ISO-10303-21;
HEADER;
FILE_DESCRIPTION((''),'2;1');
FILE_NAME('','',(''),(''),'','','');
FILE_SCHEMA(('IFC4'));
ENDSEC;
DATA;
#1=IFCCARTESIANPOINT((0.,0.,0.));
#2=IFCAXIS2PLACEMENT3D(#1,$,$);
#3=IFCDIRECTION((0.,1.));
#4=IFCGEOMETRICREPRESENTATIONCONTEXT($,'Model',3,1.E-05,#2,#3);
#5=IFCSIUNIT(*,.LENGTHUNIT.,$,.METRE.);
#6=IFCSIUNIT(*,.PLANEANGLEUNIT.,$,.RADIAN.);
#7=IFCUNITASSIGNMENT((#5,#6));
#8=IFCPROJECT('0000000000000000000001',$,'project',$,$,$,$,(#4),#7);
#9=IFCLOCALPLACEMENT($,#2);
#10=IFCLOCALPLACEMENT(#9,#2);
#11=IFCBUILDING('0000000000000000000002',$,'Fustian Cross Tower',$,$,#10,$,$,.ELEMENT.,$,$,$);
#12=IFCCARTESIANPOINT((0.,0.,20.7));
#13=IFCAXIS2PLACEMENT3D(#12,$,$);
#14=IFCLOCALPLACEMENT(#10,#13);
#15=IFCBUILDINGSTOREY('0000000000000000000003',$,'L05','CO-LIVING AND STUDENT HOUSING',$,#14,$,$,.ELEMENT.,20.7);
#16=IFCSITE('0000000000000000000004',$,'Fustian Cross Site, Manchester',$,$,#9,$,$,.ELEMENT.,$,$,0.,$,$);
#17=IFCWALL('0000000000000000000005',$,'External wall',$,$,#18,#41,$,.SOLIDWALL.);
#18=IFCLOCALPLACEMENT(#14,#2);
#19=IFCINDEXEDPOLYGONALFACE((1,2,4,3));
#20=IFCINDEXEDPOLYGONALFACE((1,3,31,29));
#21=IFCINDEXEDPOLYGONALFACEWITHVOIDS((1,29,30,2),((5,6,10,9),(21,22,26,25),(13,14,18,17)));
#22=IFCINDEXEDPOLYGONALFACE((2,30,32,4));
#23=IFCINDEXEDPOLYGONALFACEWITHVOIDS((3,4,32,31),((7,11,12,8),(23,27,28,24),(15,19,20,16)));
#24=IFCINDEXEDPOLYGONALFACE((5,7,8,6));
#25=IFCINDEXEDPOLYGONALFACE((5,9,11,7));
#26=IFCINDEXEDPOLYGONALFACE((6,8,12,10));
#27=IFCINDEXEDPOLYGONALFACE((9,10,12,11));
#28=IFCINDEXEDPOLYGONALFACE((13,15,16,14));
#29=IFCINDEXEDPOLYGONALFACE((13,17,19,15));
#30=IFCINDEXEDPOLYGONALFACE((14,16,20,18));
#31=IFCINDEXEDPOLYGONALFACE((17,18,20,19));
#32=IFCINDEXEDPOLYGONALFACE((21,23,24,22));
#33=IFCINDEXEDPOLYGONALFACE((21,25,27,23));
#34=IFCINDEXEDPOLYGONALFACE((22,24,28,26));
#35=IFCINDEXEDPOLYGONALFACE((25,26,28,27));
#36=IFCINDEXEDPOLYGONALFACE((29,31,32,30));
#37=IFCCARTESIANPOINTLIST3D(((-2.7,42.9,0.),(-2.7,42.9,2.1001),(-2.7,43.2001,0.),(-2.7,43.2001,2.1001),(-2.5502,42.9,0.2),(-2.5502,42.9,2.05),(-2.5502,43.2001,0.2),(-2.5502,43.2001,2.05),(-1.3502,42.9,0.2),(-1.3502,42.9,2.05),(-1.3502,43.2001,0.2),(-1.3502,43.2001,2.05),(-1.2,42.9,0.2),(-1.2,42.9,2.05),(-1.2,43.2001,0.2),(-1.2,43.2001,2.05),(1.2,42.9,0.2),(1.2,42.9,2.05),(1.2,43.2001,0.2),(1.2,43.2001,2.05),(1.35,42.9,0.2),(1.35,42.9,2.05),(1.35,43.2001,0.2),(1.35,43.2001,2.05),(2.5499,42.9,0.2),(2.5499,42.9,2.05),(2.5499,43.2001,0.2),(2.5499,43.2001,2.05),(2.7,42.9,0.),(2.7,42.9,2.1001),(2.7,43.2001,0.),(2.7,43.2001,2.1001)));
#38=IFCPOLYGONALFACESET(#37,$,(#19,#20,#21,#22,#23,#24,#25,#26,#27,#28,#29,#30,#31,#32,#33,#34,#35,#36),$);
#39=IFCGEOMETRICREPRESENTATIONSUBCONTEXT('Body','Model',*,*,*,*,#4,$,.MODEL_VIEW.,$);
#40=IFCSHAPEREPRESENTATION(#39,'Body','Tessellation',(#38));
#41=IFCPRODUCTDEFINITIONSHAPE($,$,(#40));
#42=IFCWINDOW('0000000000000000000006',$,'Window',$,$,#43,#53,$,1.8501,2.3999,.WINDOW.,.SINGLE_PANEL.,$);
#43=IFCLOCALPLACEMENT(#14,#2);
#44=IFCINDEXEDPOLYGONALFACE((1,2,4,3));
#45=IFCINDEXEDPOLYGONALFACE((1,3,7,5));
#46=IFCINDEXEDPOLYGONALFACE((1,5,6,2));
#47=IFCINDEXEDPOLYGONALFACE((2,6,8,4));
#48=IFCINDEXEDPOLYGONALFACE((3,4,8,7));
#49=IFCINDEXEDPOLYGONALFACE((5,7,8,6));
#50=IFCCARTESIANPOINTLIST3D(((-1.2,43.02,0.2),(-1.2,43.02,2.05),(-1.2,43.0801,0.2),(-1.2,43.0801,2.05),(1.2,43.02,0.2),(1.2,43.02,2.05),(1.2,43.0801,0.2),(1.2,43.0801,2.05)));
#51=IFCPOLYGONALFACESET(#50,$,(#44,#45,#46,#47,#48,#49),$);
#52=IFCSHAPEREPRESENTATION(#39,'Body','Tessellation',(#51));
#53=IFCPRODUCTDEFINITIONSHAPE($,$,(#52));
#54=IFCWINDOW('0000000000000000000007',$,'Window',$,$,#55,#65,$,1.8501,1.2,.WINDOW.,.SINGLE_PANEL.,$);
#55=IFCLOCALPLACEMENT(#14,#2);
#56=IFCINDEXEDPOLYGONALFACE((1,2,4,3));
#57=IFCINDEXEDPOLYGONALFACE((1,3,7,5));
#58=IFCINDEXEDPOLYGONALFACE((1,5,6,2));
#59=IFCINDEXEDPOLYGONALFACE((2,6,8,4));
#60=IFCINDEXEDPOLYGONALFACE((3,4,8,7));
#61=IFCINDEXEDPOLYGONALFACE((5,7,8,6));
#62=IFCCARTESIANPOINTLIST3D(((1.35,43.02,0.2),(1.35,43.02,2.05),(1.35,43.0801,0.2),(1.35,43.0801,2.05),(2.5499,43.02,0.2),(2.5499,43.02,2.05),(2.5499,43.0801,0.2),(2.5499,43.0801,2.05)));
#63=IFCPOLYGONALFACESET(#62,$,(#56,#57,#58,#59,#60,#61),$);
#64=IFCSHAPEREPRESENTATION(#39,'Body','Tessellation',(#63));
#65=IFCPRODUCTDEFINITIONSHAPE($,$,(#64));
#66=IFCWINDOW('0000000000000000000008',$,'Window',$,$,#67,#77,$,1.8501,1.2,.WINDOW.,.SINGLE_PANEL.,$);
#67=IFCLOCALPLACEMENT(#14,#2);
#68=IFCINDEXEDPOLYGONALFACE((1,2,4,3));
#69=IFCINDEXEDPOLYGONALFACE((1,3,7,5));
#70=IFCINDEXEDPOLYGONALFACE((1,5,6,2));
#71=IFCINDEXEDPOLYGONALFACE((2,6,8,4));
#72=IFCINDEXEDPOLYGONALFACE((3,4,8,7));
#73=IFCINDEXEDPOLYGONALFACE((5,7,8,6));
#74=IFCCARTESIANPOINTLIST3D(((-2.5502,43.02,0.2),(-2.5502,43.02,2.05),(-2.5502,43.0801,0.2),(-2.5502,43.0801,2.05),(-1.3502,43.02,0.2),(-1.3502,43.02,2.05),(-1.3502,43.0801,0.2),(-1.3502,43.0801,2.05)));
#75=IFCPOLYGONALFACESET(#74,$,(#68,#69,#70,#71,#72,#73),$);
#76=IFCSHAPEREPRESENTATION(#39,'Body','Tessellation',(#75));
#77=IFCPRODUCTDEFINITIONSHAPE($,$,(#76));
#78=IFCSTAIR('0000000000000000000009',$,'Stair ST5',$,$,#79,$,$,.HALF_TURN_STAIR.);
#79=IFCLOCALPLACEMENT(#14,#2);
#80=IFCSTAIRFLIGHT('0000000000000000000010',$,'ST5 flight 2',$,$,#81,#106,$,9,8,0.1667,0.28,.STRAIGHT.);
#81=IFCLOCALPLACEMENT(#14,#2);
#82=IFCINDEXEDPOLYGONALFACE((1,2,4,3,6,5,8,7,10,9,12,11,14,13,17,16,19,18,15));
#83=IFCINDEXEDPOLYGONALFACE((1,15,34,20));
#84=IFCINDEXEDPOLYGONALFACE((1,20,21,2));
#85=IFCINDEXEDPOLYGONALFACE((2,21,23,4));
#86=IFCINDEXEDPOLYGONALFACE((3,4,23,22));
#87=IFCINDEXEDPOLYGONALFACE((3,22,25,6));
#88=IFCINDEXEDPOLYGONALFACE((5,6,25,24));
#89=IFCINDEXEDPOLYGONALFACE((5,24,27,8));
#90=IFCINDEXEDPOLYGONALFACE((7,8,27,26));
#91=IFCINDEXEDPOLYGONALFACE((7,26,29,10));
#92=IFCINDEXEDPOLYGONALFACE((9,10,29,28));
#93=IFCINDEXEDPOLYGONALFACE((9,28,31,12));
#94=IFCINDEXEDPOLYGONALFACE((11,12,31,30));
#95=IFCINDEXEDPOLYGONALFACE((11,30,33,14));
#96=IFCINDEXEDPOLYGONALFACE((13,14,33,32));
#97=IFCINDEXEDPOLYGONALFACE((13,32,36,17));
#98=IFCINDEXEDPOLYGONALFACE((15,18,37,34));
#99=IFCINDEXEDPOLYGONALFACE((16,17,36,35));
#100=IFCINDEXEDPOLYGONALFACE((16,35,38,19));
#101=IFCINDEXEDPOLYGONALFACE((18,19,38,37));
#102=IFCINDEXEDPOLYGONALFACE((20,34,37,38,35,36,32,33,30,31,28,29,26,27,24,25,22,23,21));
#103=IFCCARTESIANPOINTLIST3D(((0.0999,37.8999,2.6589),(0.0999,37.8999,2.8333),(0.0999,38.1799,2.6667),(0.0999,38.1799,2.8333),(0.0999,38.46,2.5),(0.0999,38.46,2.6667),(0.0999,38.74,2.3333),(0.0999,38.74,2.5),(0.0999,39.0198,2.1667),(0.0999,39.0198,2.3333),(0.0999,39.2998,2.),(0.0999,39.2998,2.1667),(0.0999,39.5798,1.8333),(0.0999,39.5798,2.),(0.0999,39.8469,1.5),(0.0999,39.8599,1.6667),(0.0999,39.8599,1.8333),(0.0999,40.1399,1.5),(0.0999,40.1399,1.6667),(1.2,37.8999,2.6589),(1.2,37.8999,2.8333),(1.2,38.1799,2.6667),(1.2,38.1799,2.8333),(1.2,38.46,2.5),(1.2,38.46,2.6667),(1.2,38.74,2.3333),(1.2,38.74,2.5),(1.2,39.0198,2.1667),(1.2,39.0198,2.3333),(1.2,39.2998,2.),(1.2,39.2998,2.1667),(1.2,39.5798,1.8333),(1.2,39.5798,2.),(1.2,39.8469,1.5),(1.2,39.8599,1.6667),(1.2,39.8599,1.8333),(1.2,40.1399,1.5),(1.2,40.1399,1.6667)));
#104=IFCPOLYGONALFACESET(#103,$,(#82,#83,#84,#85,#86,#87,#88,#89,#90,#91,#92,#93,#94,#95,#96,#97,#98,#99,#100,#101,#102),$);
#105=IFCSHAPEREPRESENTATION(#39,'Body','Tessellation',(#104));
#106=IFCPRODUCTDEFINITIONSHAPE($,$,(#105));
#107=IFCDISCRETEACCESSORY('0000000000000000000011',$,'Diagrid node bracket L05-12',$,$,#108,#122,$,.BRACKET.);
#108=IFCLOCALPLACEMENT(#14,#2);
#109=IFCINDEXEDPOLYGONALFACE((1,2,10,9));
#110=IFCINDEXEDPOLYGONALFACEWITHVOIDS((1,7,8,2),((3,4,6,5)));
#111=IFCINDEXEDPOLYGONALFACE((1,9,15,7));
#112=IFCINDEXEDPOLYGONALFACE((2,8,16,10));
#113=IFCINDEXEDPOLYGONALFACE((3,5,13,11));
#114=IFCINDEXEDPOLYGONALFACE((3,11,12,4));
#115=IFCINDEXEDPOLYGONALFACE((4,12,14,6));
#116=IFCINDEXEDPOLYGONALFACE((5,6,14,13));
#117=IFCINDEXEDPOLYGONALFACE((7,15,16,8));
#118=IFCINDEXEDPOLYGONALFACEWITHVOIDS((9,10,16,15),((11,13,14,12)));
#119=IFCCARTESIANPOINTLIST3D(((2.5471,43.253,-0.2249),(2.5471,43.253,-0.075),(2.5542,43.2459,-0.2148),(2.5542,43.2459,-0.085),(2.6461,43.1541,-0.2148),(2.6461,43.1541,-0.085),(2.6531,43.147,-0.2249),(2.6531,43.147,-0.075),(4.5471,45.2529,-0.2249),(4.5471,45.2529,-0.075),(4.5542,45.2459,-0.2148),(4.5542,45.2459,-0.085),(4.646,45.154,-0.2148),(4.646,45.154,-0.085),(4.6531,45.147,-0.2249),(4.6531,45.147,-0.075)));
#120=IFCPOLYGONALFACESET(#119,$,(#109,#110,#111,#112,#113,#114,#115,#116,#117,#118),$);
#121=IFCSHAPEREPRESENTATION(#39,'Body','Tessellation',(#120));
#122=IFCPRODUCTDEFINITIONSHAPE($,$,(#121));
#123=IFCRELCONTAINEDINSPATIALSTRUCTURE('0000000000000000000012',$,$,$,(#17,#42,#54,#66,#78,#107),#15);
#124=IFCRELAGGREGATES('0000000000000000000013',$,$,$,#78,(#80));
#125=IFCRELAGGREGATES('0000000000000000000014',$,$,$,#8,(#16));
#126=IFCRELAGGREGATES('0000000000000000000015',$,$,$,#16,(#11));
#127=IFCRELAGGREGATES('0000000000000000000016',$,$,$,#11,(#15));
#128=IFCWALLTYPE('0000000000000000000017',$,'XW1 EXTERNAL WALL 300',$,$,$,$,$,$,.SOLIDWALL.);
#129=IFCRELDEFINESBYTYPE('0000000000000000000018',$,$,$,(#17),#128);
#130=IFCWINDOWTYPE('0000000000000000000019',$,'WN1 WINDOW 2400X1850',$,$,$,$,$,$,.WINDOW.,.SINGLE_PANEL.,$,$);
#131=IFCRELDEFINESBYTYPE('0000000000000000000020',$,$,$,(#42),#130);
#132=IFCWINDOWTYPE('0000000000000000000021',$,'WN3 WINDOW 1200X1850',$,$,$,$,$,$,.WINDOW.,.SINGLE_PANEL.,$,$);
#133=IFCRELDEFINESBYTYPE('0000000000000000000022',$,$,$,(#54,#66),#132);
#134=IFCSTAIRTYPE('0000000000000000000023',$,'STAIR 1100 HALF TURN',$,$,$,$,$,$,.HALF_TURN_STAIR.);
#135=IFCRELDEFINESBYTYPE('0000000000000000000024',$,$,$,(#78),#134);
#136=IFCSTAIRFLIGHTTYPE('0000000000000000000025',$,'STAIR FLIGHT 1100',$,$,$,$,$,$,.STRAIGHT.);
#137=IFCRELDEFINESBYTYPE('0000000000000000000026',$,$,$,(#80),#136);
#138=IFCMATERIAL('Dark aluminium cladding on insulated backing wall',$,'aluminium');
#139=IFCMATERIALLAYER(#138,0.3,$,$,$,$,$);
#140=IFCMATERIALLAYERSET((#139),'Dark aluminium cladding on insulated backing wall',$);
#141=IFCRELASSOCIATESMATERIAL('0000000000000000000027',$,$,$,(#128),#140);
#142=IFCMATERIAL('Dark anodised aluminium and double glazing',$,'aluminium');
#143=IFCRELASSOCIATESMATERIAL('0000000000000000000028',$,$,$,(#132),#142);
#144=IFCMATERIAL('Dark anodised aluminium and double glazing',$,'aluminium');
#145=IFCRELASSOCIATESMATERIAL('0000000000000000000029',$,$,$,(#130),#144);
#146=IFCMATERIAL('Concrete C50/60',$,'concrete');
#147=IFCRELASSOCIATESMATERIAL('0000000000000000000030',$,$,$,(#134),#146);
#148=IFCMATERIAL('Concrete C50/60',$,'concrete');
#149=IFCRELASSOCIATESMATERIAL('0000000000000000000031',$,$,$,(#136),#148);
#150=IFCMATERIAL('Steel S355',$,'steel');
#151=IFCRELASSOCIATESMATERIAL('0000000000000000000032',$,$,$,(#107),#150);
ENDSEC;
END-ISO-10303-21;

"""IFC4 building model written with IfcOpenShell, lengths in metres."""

from ifc_helpers import new_model, si_unit, direction, frame, frame_2d, origin, origin_2d, place, context, subcontext, project, spatial, polyline, rectangle, hollow_rectangle, outline, extrude, material, layer, layer_set, type_object, element, fill, aggregate, save


model = new_model("IFC4")

# Units and contexts
model_context = context("Model", 3, precision=1e-05, world=origin(), true_north=direction((0.0, 1.0)))
body_context = subcontext(model_context, "Body", "Model", "MODEL_VIEW")
ifc_project = project(units=[si_unit("LENGTHUNIT", "METRE"), si_unit("PLANEANGLEUNIT", "RADIAN")], contexts=[model_context])

# Site, building, storey
site_placement = place(None, origin())
site = spatial("IfcSite", under=ifc_project, at=site_placement, Name="Fustian Cross Site, Manchester", CompositionType="ELEMENT", RefElevation=0.0)
building_placement = place(site_placement, origin())
building = spatial("IfcBuilding", under=site, at=building_placement, Name="Fustian Cross Tower", CompositionType="ELEMENT")
storey_placement = place(building_placement, frame((0.0, 0.0, 20.7)))
storey = spatial("IfcBuildingStorey", under=building, at=storey_placement, Name="L05", Description="CO-LIVING AND STUDENT HOUSING", CompositionType="ELEMENT", Elevation=20.7)

# Shared definitions
ifc_material_1 = material(Name="Dark aluminium cladding on insulated backing wall", Category="aluminium")
ifc_layer_1 = layer(ifc_material_1, 0.3)
ifc_layer_set_1 = layer_set([ifc_layer_1], Name="Dark aluminium cladding on insulated backing wall")
wall_type_1 = type_object("IfcWallType", Name="XW1 EXTERNAL WALL 300", PredefinedType="SOLIDWALL", material=ifc_layer_set_1)

# Shared definitions
ifc_material_2 = material(Name="Dark anodised aluminium and double glazing", Category="aluminium")
window_type_1 = type_object("IfcWindowType", Name="WN3 WINDOW 1200X1850", PartitioningType="SINGLE_PANEL", PredefinedType="WINDOW", material=ifc_material_2)

# Wall, openings, windows
wall_1_placement = place(storey_placement, frame((2.7, 43.05, 0.0), z_axis=(0.0, 0.0, 1.0), x_axis=(-1.0, 0.0, 0.0)))
wall_1 = element("IfcWall", 1, at=wall_1_placement, inside=storey, type_object=wall_type_1, Name="External wall", PredefinedType="SOLIDWALL", context=body_context, shape_type="SweptSolid", body=[
    extrude(rectangle(XDim=5.3999, YDim=0.3, at=frame_2d((2.7, 0.0))), origin(), (0.0, 0.0, 1.0), 2.1001),
])
opening_1_placement = place(wall_1_placement, frame((1.5, 0.0, 0.2)))
opening_1 = element("IfcOpeningElement", 2, at=opening_1_placement, cuts=wall_1, PredefinedType="OPENING", context=body_context, shape_type="SweptSolid", body=[
    extrude(rectangle(XDim=2.3999, YDim=1.8501, at=frame_2d((1.2, 0.925))), frame((0.0, 0.1599, 0.0), z_axis=(0.0, -1.0, 0.0), x_axis=(1.0, 0.0, 0.0)), (0.0, 0.0, 1.0), 0.3201),
])
opening_2_placement = place(wall_1_placement, frame((0.1499, 0.0, 0.2)))
opening_2 = element("IfcOpeningElement", 3, at=opening_2_placement, cuts=wall_1, PredefinedType="OPENING", context=body_context, shape_type="SweptSolid", body=[
    extrude(rectangle(XDim=1.2, YDim=1.8501, at=frame_2d((0.6001, 0.925))), frame((0.0, 0.1599, 0.0), z_axis=(0.0, -1.0, 0.0), x_axis=(1.0, 0.0, 0.0)), (0.0, 0.0, 1.0), 0.3201),
])
opening_3_placement = place(wall_1_placement, frame((4.05, 0.0, 0.2)))
opening_3 = element("IfcOpeningElement", 4, at=opening_3_placement, cuts=wall_1, PredefinedType="OPENING", context=body_context, shape_type="SweptSolid", body=[
    extrude(rectangle(XDim=1.2, YDim=1.8501, at=frame_2d((0.6001, 0.925))), frame((0.0, 0.1599, 0.0), z_axis=(0.0, -1.0, 0.0), x_axis=(1.0, 0.0, 0.0)), (0.0, 0.0, 1.0), 0.3201),
])
ifc_material_3 = material(Name="Dark anodised aluminium and double glazing", Category="aluminium")
window_type_2 = type_object("IfcWindowType", Name="WN1 WINDOW 2400X1850", PartitioningType="SINGLE_PANEL", PredefinedType="WINDOW", material=ifc_material_3)
window_1_placement = place(opening_1_placement, origin())
window_1 = element("IfcWindow", 5, at=window_1_placement, inside=storey, type_object=window_type_2, Name="Window", OverallHeight=1.8501, OverallWidth=2.3999, PartitioningType="SINGLE_PANEL", PredefinedType="WINDOW", context=body_context, shape_type="SweptSolid", body=[
    extrude(rectangle(XDim=2.3999, YDim=1.8501, at=frame_2d((1.2, 0.925))), frame((0.0, 0.03, 0.0), z_axis=(0.0, -1.0, 0.0), x_axis=(1.0, 0.0, 0.0)), (0.0, 0.0, 1.0), 0.0601),
])
fill(opening_1, window_1)
window_2_placement = place(opening_2_placement, origin())
window_2 = element("IfcWindow", 6, at=window_2_placement, inside=storey, type_object=window_type_1, Name="Window", OverallHeight=1.8501, OverallWidth=1.2, PartitioningType="SINGLE_PANEL", PredefinedType="WINDOW", context=body_context, shape_type="SweptSolid", body=[
    extrude(rectangle(XDim=1.2, YDim=1.8501, at=frame_2d((0.6001, 0.925))), frame((0.0, 0.03, 0.0), z_axis=(0.0, -1.0, 0.0), x_axis=(1.0, 0.0, 0.0)), (0.0, 0.0, 1.0), 0.0601),
])
fill(opening_2, window_2)
window_3_placement = place(opening_3_placement, origin())
window_3 = element("IfcWindow", 7, at=window_3_placement, inside=storey, type_object=window_type_1, Name="Window", OverallHeight=1.8501, OverallWidth=1.2, PartitioningType="SINGLE_PANEL", PredefinedType="WINDOW", context=body_context, shape_type="SweptSolid", body=[
    extrude(rectangle(XDim=1.2, YDim=1.8501, at=frame_2d((0.6001, 0.925))), frame((0.0, 0.03, 0.0), z_axis=(0.0, -1.0, 0.0), x_axis=(1.0, 0.0, 0.0)), (0.0, 0.0, 1.0), 0.0601),
])
fill(opening_3, window_3)

# Stair, stair flight
ifc_material_4 = material(Name="Concrete C50/60", Category="concrete")
stair_type = type_object("IfcStairType", Name="STAIR 1100 HALF TURN", PredefinedType="HALF_TURN_STAIR", material=ifc_material_4)
stair_placement = place(storey_placement, origin())
stair = element("IfcStair", 8, at=stair_placement, inside=storey, type_object=stair_type, Name="Stair ST5", PredefinedType="HALF_TURN_STAIR")
ifc_material_5 = material(Name="Concrete C50/60", Category="concrete")
stair_flight_type = type_object("IfcStairFlightType", Name="STAIR FLIGHT 1100", PredefinedType="STRAIGHT", material=ifc_material_5)
stair_flight_placement = place(storey_placement, frame((0.6499, 40.1399, 1.5), z_axis=(0.0, 0.0, 1.0), x_axis=(0.0, -1.0, 0.0)))
stair_flight = element("IfcStairFlight", 9, at=stair_flight_placement, type_object=stair_flight_type, Name="ST5 flight 2", NumberOfRisers=9, NumberOfTreads=8, PredefinedType="STRAIGHT", RiserHeight=0.1667, TreadLength=0.28, context=body_context, shape_type="SweptSolid", body=[
    extrude(outline(polyline([(0.0, 0.0), (0.0, 0.1667), (0.28, 0.1667), (0.28, 0.3333), (0.5601, 0.3333), (0.5601, 0.5), (0.8401, 0.5), (0.8401, 0.6667), (1.1201, 0.6667), (1.1201, 0.8333), (1.3999, 0.8333), (1.3999, 1.0), (1.6799, 1.0), (1.6799, 1.1667), (1.96, 1.1667), (1.96, 1.3333), (2.24, 1.3333), (2.24, 1.5), (2.24, 1.1589), (0.293, 0.0), (0.0, 0.0)])), frame((0.0, 0.55, 0.0), z_axis=(0.0, -1.0, 0.0), x_axis=(1.0, 0.0, 0.0)), (0.0, 0.0, 1.0), 1.1001),
])
aggregate(stair, [stair_flight])

# Discrete accessory
ifc_material_6 = material(Name="Steel S355", Category="steel")
discrete_accessory_placement = place(storey_placement, frame((4.6001, 45.2, -0.1499), z_axis=(-0.707107, -0.707107, 0.0), x_axis=(0.707107, -0.707107, 0.0)))
element("IfcDiscreteAccessory", 10, at=discrete_accessory_placement, inside=storey, material=ifc_material_6, Name="Diagrid node bracket L05-12", PredefinedType="BRACKET", context=body_context, shape_type="SweptSolid", body=[
    extrude(hollow_rectangle(XDim=0.1499, YDim=0.1499, WallThickness=0.01, at=origin_2d()), origin(), (0.0, 0.0, 1.0), 2.8284),
])

save(model, "model.ifc")
